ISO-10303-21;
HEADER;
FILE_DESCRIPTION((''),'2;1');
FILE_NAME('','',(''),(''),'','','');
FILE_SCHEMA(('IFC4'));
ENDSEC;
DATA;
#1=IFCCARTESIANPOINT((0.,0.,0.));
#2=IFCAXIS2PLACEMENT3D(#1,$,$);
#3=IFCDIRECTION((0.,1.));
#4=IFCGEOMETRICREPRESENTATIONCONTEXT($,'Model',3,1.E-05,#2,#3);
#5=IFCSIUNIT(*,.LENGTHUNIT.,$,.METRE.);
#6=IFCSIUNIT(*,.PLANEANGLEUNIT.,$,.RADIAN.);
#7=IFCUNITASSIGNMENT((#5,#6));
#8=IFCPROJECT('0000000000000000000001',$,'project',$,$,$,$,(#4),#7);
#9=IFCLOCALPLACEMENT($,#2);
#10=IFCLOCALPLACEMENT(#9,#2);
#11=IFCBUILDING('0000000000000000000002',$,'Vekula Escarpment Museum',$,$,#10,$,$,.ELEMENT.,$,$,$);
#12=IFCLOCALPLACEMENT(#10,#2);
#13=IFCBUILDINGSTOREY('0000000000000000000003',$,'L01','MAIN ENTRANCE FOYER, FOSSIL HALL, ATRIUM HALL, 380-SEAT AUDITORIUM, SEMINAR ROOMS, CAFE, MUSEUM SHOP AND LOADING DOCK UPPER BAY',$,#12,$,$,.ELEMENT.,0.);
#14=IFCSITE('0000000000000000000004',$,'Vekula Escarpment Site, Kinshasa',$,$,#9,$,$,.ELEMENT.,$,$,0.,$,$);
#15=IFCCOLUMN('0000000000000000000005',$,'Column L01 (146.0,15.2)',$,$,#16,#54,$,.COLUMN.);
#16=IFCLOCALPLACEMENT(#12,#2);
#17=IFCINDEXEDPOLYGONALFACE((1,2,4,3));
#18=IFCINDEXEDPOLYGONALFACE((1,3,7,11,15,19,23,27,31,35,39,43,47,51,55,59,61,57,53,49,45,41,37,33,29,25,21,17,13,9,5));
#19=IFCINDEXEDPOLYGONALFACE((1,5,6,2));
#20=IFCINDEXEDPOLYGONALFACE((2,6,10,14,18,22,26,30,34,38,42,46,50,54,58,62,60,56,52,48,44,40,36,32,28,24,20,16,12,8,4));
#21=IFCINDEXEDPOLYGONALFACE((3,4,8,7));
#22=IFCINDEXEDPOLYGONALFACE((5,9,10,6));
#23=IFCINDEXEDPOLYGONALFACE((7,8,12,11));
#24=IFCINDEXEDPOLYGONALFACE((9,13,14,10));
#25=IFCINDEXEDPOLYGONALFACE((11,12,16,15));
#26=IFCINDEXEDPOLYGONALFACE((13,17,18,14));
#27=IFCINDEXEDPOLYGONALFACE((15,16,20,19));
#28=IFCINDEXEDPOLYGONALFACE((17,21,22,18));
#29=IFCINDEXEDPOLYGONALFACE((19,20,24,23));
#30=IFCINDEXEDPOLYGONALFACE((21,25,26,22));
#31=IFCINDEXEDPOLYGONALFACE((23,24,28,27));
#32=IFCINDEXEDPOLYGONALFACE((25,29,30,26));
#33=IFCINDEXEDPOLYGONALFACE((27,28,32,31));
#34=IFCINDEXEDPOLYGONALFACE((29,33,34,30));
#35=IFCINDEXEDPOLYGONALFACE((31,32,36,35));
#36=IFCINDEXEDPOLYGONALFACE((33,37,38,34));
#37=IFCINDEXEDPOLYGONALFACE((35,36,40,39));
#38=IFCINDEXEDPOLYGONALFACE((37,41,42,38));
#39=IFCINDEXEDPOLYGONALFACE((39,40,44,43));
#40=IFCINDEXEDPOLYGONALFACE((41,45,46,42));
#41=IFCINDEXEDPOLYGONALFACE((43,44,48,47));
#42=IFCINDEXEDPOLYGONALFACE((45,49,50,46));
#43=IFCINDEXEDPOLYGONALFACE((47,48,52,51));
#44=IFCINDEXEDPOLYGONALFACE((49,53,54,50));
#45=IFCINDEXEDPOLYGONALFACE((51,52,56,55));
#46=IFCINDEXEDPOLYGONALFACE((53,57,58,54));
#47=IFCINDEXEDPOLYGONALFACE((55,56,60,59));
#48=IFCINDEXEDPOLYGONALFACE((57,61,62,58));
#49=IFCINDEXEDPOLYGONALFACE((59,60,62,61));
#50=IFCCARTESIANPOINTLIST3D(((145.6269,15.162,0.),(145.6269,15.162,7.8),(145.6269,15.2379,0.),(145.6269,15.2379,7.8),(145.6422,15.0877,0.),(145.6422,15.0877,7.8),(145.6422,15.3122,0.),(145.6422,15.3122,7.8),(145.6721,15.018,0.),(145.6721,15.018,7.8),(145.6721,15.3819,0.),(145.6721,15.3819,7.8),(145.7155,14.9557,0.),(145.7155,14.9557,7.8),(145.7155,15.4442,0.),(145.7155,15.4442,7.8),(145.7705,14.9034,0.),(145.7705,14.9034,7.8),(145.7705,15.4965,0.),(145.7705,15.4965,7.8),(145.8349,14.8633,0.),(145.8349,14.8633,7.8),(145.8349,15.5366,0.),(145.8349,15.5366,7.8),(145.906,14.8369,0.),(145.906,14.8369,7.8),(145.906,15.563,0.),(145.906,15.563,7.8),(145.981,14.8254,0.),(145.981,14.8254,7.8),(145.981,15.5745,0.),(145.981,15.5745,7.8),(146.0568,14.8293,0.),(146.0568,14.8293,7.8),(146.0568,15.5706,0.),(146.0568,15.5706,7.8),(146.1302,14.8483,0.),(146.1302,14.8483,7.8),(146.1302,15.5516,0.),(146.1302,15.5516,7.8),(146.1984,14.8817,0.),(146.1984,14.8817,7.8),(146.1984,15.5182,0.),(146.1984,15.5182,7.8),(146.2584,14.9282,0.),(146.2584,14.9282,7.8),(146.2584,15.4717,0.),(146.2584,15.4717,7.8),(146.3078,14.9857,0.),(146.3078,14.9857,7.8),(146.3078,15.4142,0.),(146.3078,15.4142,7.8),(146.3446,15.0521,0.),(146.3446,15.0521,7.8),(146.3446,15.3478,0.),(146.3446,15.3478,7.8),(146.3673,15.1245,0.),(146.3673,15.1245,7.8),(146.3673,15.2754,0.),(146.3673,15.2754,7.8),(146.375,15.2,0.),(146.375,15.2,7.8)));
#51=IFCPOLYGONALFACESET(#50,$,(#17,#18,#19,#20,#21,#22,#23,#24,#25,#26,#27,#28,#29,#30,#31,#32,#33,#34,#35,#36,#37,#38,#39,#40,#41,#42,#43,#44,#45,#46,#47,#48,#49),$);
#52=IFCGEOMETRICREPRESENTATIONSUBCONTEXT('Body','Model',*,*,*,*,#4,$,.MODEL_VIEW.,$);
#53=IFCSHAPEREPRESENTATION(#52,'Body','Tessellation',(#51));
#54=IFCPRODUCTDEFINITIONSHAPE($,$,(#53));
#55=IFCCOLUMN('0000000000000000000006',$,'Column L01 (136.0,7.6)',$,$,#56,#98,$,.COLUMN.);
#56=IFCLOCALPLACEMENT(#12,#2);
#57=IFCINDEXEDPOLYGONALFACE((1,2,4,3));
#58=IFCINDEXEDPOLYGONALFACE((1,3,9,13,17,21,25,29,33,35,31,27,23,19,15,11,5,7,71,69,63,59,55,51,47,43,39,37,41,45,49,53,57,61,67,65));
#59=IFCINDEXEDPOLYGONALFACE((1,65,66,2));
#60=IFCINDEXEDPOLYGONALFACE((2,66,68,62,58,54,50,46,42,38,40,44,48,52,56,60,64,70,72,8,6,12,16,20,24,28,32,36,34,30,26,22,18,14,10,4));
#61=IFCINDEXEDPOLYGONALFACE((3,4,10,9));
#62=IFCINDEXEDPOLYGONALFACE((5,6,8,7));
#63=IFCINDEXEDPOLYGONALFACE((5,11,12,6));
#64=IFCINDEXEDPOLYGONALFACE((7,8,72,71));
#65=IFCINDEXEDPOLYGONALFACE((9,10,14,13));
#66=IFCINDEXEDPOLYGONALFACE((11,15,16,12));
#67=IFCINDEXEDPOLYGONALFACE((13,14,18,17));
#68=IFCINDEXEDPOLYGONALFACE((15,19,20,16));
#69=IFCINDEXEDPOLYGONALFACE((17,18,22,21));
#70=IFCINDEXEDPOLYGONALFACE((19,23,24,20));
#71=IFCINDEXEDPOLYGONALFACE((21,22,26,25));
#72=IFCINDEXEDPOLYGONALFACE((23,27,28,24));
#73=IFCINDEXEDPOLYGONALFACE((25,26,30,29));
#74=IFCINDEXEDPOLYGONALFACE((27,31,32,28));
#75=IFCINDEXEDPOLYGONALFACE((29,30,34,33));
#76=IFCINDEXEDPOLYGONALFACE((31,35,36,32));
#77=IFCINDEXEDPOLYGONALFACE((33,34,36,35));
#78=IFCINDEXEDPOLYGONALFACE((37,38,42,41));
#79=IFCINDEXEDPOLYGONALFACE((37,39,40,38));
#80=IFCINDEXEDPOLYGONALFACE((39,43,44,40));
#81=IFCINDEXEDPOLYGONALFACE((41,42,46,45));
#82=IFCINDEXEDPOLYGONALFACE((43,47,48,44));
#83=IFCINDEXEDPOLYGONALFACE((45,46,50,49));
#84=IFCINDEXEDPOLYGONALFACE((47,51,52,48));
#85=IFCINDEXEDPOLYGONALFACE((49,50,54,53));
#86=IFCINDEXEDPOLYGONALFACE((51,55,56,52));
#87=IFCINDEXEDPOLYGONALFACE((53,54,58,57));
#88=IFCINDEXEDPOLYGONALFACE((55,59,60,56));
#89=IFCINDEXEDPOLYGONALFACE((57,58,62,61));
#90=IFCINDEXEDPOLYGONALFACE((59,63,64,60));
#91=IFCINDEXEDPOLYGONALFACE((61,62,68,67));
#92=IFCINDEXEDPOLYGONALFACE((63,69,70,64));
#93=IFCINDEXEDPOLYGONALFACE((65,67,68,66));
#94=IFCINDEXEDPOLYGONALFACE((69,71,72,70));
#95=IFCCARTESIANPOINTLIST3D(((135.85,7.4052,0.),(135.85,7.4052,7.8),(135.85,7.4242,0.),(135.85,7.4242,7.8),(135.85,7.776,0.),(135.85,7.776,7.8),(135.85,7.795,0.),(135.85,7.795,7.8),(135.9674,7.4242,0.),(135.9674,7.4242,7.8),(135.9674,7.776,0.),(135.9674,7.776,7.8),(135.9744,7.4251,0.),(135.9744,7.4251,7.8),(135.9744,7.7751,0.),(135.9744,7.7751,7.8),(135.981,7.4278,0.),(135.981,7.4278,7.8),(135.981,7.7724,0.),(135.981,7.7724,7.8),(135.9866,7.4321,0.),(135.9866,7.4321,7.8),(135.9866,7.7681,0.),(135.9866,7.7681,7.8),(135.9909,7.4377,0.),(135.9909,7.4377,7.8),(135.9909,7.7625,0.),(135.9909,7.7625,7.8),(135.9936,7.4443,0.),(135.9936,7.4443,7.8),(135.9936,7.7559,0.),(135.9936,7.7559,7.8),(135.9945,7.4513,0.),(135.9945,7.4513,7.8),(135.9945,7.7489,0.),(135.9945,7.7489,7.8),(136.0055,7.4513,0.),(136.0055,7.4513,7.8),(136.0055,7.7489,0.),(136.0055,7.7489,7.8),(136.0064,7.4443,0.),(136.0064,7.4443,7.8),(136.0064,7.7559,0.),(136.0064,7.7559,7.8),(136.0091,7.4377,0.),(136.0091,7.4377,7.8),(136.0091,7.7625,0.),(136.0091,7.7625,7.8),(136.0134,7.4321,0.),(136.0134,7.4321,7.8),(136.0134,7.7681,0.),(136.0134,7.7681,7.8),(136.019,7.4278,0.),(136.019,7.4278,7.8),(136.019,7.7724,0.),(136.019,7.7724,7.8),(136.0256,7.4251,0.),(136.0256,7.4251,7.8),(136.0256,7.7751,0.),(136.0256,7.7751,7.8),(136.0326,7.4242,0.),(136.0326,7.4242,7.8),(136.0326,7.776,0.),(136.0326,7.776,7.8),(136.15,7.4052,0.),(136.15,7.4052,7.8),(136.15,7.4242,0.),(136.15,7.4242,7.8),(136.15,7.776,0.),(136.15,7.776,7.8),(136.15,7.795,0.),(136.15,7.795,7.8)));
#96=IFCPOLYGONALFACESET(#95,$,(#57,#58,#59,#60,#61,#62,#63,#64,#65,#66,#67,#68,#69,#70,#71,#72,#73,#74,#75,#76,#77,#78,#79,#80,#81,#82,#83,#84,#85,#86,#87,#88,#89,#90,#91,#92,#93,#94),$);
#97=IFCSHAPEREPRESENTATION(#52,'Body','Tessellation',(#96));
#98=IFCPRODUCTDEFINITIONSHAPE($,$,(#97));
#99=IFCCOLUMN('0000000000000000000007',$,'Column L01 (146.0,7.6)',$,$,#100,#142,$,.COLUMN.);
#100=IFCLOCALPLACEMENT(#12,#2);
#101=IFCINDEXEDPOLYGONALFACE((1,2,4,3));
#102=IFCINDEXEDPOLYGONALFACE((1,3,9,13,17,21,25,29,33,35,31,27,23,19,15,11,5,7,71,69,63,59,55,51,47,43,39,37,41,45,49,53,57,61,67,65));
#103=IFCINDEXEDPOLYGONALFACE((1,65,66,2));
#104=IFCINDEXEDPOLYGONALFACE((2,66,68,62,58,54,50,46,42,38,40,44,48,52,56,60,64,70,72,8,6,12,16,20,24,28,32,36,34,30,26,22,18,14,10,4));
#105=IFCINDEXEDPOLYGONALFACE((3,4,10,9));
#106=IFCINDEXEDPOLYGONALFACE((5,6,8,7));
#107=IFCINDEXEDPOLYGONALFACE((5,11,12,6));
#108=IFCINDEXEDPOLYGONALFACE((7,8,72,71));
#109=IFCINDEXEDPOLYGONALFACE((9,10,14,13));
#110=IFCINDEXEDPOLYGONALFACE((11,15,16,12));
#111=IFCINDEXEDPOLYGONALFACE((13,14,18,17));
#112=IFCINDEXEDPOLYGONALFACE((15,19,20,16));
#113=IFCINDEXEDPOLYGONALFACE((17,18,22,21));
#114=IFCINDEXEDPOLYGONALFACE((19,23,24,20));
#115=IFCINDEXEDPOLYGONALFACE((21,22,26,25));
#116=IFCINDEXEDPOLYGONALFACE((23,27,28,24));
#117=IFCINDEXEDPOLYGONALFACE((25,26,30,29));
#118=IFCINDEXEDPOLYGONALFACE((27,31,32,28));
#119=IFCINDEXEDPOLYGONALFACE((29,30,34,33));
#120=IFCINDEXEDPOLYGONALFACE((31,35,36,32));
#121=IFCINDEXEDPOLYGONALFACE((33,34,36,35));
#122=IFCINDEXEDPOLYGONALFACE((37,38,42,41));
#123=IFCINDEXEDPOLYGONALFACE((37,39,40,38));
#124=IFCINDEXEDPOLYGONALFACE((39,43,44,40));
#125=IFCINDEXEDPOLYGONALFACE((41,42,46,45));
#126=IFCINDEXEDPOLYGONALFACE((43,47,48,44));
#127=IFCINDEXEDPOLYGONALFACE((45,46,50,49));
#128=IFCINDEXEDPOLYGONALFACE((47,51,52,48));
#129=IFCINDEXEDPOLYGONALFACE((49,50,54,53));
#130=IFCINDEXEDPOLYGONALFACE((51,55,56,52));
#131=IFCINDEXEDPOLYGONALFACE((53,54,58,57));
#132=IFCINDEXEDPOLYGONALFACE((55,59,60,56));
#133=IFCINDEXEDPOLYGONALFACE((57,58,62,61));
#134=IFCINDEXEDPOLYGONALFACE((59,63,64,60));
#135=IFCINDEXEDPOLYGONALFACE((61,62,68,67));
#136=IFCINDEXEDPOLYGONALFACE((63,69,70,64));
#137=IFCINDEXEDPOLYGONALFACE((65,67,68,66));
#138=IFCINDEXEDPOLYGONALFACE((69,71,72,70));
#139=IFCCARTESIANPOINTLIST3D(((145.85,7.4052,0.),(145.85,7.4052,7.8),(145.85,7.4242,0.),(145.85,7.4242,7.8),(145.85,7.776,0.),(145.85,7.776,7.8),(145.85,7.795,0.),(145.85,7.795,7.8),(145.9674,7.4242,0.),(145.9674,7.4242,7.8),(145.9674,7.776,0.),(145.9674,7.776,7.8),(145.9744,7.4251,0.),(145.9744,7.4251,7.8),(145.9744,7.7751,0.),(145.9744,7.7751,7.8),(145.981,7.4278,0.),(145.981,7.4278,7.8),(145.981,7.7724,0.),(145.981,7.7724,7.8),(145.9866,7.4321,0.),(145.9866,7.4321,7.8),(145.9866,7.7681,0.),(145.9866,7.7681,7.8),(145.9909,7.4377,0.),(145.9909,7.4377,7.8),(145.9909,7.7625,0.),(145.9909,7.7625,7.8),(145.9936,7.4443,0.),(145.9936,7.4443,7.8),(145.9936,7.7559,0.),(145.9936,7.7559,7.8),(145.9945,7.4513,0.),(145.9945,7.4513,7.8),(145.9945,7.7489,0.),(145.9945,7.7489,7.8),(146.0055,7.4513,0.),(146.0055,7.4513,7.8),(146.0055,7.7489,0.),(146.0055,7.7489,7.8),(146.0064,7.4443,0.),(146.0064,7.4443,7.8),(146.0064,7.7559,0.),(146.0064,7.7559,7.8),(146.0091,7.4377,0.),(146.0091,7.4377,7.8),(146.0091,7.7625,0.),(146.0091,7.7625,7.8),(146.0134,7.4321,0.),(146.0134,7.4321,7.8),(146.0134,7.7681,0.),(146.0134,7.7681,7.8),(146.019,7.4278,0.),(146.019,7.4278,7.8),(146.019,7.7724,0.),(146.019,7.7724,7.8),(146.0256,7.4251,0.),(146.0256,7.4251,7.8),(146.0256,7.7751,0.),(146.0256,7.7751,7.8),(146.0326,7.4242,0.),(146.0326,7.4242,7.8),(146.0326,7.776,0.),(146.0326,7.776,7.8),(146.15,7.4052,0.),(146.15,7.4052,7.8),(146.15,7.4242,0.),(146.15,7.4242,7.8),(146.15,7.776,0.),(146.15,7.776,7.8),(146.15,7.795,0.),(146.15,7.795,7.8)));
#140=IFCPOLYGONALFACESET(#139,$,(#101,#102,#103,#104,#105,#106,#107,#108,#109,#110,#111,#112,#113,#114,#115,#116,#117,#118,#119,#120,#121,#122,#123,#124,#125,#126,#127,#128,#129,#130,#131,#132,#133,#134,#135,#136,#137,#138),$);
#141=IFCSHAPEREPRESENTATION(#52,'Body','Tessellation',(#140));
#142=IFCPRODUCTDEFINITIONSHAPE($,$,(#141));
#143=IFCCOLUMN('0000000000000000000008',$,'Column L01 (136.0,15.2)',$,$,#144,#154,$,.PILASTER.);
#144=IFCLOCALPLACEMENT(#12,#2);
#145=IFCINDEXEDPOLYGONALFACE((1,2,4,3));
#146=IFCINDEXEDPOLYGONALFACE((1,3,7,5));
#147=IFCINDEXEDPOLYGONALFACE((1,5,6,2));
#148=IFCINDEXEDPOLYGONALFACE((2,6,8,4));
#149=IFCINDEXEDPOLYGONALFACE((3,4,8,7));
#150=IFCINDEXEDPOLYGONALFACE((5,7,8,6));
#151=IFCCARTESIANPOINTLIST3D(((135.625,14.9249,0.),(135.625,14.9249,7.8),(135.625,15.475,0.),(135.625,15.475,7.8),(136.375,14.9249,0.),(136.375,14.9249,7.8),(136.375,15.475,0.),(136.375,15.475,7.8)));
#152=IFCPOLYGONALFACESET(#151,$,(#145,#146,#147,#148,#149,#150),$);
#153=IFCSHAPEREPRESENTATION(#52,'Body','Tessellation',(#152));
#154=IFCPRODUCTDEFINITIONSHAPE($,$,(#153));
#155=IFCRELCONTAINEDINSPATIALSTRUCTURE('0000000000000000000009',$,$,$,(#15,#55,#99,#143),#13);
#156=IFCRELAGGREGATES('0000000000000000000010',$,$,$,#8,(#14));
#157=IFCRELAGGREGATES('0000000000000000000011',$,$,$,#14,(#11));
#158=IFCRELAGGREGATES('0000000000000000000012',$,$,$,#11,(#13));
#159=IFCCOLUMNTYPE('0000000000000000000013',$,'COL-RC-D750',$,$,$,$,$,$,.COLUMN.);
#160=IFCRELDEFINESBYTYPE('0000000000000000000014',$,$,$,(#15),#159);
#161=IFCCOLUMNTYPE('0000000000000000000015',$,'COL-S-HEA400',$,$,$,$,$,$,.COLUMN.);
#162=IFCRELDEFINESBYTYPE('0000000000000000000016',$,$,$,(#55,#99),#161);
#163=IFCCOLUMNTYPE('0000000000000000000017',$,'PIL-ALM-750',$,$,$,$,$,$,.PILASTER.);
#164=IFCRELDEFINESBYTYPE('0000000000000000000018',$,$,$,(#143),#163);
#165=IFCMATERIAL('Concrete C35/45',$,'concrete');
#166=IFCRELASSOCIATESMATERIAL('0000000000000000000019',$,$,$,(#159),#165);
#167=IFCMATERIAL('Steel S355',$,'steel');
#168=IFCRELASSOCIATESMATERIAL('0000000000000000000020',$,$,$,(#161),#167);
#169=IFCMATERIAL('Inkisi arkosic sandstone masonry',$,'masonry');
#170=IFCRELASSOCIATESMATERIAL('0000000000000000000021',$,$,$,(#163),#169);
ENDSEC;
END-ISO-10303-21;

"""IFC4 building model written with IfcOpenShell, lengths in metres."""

from ifc_helpers import new_model, si_unit, direction, frame, origin, origin_2d, place, context, subcontext, project, spatial, rectangle, circle, i_section, extrude, material, material_profile, profile_set, type_object, element, save


model = new_model("IFC4")

# Units and contexts
model_context = context("Model", 3, precision=1e-05, world=origin(), true_north=direction((0.0, 1.0)))
body_context = subcontext(model_context, "Body", "Model", "MODEL_VIEW")
ifc_project = project(units=[si_unit("LENGTHUNIT", "METRE"), si_unit("PLANEANGLEUNIT", "RADIAN")], contexts=[model_context])

# Site, building, storey
site_placement = place(None, origin())
site = spatial("IfcSite", under=ifc_project, at=site_placement, Name="Vekula Escarpment Site, Kinshasa", CompositionType="ELEMENT", RefElevation=0.0)
building_placement = place(site_placement, origin())
building = spatial("IfcBuilding", under=site, at=building_placement, Name="Vekula Escarpment Museum", CompositionType="ELEMENT")
storey_placement = place(building_placement, origin())
storey = spatial("IfcBuildingStorey", under=building, at=storey_placement, Name="L01", Description="MAIN ENTRANCE FOYER, FOSSIL HALL, ATRIUM HALL, 380-SEAT AUDITORIUM, SEMINAR ROOMS, CAFE, MUSEUM SHOP AND LOADING DOCK UPPER BAY", CompositionType="ELEMENT", Elevation=0.0)

# Columns
ifc_material_1 = material(Name="Concrete C35/45", Category="concrete")
ifc_material_profile_1 = material_profile(ifc_material_1, circle(Radius=0.375, at=origin_2d()), Name="RC COL D750")
ifc_profile_set_1 = profile_set([ifc_material_profile_1], Name="Concrete C35/45")
column_type_1 = type_object("IfcColumnType", Name="COL-RC-D750", PredefinedType="COLUMN", material=ifc_profile_set_1)
column_1_placement = place(storey_placement, frame((146.0, 15.2, 0.0), z_axis=(0.0, 0.0, 1.0), x_axis=(1.0, 0.0, 0.0)))
element("IfcColumn", 1, at=column_1_placement, inside=storey, type_object=column_type_1, Name="Column L01 (146.0,15.2)", PredefinedType="COLUMN", context=body_context, shape_type="SweptSolid", body=[
    extrude(circle(Radius=0.375, at=origin_2d()), origin(), (0.0, 0.0, 1.0), 7.8),
])
ifc_material_2 = material(Name="Steel S355", Category="steel")
ifc_material_profile_2 = material_profile(ifc_material_2, i_section(OverallWidth=0.3, OverallDepth=0.3899, WebThickness=0.011, FlangeThickness=0.019, FilletRadius=0.0271, at=origin_2d()), Name="HEA 400")
ifc_profile_set_2 = profile_set([ifc_material_profile_2], Name="Steel S355")
column_type_2 = type_object("IfcColumnType", Name="COL-S-HEA400", PredefinedType="COLUMN", material=ifc_profile_set_2)
for number, where, z_axis, x_axis, name in (
    (2, (136.0, 7.6001, 0.0), (0.0, 0.0, 1.0), (1.0, 0.0, 0.0), "Column L01 (136.0,7.6)"),
    (3, (146.0, 7.6001, 0.0), (0.0, 0.0, 1.0), (1.0, 0.0, 0.0), "Column L01 (146.0,7.6)"),
):
    element("IfcColumn", number, at=place(storey_placement, frame(where, z_axis=z_axis, x_axis=x_axis)), inside=storey, type_object=column_type_2, Name=name, PredefinedType="COLUMN", context=body_context, shape_type="SweptSolid", body=[
        extrude(i_section(OverallWidth=0.3, OverallDepth=0.3899, WebThickness=0.011, FlangeThickness=0.019, FilletRadius=0.0271, at=origin_2d()), origin(), (0.0, 0.0, 1.0), 7.8),
    ])
ifc_material_3 = material(Name="Inkisi arkosic sandstone masonry", Category="masonry")
ifc_material_profile_3 = material_profile(ifc_material_3, rectangle(XDim=0.75, YDim=0.55, at=origin_2d()), Name="PIER 750x550")
ifc_profile_set_3 = profile_set([ifc_material_profile_3], Name="Inkisi arkosic sandstone masonry")
column_type_3 = type_object("IfcColumnType", Name="PIL-ALM-750", PredefinedType="PILASTER", material=ifc_profile_set_3)
column_2_placement = place(storey_placement, frame((136.0, 15.2, 0.0), z_axis=(0.0, 0.0, 1.0), x_axis=(1.0, 0.0, 0.0)))
element("IfcColumn", 4, at=column_2_placement, inside=storey, type_object=column_type_3, Name="Column L01 (136.0,15.2)", PredefinedType="PILASTER", context=body_context, shape_type="SweptSolid", body=[
    extrude(rectangle(XDim=0.75, YDim=0.55, at=origin_2d()), origin(), (0.0, 0.0, 1.0), 7.8),
])

save(model, "model.ifc")
